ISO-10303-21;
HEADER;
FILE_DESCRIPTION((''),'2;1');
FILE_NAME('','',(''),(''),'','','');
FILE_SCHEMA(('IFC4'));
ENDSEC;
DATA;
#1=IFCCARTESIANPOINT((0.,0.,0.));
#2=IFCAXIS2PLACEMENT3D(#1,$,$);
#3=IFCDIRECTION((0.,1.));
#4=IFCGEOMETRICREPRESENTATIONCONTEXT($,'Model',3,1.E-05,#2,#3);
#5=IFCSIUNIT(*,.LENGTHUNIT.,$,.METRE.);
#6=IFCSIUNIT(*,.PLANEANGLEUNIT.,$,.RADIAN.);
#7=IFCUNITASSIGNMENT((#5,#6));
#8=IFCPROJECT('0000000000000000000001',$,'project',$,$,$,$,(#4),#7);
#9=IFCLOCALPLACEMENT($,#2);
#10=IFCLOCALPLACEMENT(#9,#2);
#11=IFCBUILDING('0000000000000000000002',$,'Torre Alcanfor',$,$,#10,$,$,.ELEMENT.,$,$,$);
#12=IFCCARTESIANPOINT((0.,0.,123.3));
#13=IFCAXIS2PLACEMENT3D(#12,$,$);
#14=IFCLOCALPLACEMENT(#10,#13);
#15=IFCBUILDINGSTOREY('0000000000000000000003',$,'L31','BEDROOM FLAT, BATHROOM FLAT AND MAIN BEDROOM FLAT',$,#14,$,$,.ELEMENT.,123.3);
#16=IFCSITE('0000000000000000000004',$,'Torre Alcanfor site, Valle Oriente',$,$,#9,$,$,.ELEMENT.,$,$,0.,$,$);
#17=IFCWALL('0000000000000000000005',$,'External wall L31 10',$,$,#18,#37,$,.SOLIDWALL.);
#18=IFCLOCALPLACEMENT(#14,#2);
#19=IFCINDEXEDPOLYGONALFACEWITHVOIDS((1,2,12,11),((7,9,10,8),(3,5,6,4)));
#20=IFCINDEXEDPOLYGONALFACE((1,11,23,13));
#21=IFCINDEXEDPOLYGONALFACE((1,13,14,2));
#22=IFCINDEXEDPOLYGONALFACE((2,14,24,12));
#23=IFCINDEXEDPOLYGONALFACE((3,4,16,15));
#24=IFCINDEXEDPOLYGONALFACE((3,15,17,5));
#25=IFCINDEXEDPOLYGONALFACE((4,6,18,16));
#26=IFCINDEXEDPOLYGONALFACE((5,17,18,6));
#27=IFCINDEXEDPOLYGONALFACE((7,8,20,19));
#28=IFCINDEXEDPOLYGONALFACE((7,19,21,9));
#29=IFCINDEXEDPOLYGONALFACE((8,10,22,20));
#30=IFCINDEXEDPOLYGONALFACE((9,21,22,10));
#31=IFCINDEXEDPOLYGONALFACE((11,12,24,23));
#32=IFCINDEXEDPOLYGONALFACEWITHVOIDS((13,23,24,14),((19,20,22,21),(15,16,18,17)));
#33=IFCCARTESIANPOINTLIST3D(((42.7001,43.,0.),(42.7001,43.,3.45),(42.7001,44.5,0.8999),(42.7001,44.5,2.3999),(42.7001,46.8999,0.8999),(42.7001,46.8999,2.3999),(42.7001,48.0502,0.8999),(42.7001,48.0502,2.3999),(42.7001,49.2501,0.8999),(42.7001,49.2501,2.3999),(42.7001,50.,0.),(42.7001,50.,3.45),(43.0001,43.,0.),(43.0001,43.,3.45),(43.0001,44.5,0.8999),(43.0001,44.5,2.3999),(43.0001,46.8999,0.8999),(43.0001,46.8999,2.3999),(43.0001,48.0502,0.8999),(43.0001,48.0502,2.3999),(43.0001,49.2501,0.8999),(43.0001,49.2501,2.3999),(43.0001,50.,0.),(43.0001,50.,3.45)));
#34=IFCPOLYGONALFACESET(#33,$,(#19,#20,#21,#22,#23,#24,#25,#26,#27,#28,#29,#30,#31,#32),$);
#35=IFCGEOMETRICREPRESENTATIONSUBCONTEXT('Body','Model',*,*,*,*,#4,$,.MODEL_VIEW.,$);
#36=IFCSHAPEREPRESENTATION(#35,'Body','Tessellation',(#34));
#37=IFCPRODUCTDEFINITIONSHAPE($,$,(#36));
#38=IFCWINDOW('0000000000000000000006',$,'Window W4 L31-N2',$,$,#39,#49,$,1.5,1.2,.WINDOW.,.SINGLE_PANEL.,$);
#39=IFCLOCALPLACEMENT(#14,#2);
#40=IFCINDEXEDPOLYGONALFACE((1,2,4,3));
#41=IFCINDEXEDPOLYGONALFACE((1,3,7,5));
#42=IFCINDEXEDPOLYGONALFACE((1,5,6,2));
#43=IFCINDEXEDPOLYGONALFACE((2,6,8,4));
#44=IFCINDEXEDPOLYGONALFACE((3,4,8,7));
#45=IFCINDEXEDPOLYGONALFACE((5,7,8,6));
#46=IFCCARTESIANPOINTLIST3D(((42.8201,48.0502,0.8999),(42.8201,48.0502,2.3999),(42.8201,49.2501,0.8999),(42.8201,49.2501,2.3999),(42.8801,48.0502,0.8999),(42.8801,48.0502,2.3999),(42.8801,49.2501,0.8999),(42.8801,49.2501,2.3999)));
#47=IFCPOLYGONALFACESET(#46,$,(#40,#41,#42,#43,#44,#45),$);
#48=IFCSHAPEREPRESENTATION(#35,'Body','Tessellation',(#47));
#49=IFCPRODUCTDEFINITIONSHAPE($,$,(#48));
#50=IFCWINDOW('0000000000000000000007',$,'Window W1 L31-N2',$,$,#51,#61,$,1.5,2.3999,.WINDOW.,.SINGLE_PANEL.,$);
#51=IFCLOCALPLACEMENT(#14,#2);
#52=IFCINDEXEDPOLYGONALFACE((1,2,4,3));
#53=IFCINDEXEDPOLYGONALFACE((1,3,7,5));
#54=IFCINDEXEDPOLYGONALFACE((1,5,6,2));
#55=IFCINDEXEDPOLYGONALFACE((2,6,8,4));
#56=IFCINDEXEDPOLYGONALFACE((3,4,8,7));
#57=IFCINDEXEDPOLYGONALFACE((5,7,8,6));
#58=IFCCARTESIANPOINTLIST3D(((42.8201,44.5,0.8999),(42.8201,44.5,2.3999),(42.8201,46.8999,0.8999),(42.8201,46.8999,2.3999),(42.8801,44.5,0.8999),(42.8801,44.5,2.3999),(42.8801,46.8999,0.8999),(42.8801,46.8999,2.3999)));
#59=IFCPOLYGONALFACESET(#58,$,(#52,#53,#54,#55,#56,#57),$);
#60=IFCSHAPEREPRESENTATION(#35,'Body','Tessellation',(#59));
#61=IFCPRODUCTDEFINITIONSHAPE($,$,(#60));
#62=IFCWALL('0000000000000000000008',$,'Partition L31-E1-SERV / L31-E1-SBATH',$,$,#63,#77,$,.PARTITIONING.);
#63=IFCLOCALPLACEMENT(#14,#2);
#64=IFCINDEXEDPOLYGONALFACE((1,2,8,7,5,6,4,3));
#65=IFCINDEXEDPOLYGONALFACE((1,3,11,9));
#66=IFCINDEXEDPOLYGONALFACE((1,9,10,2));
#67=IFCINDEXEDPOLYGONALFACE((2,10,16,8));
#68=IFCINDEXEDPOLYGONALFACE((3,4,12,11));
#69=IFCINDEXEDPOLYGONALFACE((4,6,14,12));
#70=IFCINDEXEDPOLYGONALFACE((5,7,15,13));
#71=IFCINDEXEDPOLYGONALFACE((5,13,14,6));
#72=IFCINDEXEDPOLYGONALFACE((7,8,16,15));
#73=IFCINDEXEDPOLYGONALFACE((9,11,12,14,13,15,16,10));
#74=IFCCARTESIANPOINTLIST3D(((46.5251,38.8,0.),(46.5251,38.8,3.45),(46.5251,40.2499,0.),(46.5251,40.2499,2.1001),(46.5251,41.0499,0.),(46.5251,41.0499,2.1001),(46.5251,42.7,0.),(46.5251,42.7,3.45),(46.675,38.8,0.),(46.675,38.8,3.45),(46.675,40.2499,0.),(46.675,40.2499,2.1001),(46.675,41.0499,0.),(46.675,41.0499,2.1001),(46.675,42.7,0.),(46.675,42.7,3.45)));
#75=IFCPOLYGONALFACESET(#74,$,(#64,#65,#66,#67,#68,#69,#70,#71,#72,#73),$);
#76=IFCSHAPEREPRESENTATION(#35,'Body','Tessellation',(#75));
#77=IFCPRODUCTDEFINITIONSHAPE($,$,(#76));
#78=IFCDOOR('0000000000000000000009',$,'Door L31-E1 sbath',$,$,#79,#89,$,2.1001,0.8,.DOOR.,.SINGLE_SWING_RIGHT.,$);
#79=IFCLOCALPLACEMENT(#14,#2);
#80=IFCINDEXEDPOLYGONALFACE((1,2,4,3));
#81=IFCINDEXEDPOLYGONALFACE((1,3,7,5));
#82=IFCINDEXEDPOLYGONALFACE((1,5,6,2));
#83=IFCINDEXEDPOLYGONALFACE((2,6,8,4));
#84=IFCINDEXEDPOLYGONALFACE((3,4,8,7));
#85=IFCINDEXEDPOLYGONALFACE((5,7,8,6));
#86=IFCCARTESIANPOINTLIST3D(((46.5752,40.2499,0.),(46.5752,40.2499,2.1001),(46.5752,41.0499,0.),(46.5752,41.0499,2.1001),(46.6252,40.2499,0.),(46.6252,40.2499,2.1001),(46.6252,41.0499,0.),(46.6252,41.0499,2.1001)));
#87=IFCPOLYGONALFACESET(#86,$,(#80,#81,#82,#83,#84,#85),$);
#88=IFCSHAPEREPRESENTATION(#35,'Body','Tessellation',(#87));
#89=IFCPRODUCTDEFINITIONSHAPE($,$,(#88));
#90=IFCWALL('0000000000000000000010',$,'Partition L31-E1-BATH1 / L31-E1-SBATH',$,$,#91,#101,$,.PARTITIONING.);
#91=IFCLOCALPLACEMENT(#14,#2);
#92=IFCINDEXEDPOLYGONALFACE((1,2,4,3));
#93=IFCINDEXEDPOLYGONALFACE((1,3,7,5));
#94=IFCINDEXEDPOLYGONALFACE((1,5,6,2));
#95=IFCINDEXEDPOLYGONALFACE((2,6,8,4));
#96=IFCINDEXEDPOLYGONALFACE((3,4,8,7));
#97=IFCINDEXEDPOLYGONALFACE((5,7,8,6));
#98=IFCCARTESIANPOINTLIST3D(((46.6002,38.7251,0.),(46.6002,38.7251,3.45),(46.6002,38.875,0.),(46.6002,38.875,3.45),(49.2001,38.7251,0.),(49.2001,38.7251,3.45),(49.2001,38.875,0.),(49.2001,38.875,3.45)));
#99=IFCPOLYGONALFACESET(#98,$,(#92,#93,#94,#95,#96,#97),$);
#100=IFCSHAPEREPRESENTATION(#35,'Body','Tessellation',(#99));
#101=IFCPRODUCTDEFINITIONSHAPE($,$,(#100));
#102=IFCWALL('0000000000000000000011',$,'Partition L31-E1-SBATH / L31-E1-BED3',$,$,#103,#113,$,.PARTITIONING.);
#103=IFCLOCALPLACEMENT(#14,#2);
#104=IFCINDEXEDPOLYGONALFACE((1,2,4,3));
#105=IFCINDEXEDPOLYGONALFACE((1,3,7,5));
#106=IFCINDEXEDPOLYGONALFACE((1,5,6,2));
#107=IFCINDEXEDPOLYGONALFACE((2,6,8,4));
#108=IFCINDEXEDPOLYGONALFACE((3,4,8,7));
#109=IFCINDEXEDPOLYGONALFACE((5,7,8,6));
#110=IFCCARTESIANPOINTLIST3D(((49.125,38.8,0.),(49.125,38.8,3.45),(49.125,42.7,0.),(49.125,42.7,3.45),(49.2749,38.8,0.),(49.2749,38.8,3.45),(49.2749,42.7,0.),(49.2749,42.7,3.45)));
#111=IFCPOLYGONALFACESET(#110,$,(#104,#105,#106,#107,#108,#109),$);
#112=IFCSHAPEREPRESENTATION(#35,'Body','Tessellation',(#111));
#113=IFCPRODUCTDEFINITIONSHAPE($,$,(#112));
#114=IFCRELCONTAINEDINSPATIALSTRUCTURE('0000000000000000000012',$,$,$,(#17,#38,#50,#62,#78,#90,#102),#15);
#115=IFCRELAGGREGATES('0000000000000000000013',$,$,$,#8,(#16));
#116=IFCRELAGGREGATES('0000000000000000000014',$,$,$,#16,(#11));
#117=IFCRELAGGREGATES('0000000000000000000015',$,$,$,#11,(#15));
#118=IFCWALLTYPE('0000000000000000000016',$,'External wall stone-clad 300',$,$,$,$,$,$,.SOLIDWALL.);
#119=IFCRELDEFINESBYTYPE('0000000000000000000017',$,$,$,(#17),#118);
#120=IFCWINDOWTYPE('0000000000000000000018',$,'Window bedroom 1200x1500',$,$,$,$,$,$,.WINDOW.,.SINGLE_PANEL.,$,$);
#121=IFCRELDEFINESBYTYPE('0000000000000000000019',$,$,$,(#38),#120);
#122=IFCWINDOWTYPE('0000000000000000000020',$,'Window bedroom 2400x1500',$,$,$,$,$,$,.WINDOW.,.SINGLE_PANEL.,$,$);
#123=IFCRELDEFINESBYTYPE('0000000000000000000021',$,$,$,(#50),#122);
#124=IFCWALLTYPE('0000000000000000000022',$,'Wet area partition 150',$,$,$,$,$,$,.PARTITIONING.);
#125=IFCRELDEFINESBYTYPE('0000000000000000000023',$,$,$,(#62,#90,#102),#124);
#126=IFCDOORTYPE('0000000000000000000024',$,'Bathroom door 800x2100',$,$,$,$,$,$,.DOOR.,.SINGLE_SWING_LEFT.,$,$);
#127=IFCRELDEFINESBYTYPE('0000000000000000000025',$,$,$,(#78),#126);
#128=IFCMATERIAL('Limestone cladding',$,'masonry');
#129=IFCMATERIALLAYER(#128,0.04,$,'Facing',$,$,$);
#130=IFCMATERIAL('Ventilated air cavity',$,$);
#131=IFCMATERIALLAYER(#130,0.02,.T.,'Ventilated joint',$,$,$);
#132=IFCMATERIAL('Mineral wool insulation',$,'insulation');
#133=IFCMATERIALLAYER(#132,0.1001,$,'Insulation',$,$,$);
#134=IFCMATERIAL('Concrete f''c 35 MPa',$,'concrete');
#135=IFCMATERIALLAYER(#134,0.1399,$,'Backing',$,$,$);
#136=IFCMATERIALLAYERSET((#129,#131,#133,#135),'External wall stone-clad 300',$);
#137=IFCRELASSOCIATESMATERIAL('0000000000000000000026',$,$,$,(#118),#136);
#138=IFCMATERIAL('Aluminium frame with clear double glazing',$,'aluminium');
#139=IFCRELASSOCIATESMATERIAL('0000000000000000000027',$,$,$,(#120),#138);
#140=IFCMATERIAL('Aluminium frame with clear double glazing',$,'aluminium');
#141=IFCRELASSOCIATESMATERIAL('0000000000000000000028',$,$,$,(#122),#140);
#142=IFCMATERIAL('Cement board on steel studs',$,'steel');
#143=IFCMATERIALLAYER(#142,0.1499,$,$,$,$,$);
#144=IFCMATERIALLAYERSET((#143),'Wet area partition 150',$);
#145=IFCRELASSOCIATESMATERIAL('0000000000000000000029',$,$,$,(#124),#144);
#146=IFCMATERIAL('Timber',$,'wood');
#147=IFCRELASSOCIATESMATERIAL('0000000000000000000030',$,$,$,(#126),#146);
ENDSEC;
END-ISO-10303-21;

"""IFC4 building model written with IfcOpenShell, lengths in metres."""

from ifc_helpers import new_model, si_unit, direction, frame, frame_2d, origin, place, context, subcontext, project, spatial, rectangle, extrude, material, layer, layer_set, type_object, element, fill, save


model = new_model("IFC4")

# Units and contexts
model_context = context("Model", 3, precision=1e-05, world=origin(), true_north=direction((0.0, 1.0)))
body_context = subcontext(model_context, "Body", "Model", "MODEL_VIEW")
ifc_project = project(units=[si_unit("LENGTHUNIT", "METRE"), si_unit("PLANEANGLEUNIT", "RADIAN")], contexts=[model_context])

# Site, building, storey
site_placement = place(None, origin())
site = spatial("IfcSite", under=ifc_project, at=site_placement, Name="Torre Alcanfor site, Valle Oriente", CompositionType="ELEMENT", RefElevation=0.0)
building_placement = place(site_placement, origin())
building = spatial("IfcBuilding", under=site, at=building_placement, Name="Torre Alcanfor", CompositionType="ELEMENT")
storey_placement = place(building_placement, frame((0.0, 0.0, 123.3)))
storey = spatial("IfcBuildingStorey", under=building, at=storey_placement, Name="L31", Description="BEDROOM FLAT, BATHROOM FLAT AND MAIN BEDROOM FLAT", CompositionType="ELEMENT", Elevation=123.3)

# Wall, openings, windows
ifc_material_1 = material(Name="Limestone cladding", Category="masonry")
ifc_layer_1 = layer(ifc_material_1, 0.04, Name="Facing")
ifc_material_2 = material(Name="Ventilated air cavity")
ifc_layer_2 = layer(ifc_material_2, 0.02, ventilated=True, Name="Ventilated joint")
ifc_material_3 = material(Name="Mineral wool insulation", Category="insulation")
ifc_layer_3 = layer(ifc_material_3, 0.1001, Name="Insulation")
ifc_material_4 = material(Name="Concrete f'c 35 MPa", Category="concrete")
ifc_layer_4 = layer(ifc_material_4, 0.1399, Name="Backing")
ifc_layer_set_1 = layer_set([ifc_layer_1, ifc_layer_2, ifc_layer_3, ifc_layer_4], Name="External wall stone-clad 300")
wall_type_1 = type_object("IfcWallType", Name="External wall stone-clad 300", PredefinedType="SOLIDWALL", material=ifc_layer_set_1)
wall_1_placement = place(storey_placement, frame((42.8501, 43.0, 0.0), z_axis=(0.0, 0.0, 1.0), x_axis=(0.0, 1.0, 0.0)))
wall_1 = element("IfcWall", 1, at=wall_1_placement, inside=storey, type_object=wall_type_1, Name="External wall L31 10", PredefinedType="SOLIDWALL", context=body_context, shape_type="SweptSolid", body=[
    extrude(rectangle(XDim=7.0, YDim=0.3, at=frame_2d((3.5, 0.0))), origin(), (0.0, 0.0, 1.0), 3.45),
])
opening_1_placement = place(wall_1_placement, frame((1.5, 0.0, 0.8999)))
opening_1 = element("IfcOpeningElement", 2, at=opening_1_placement, cuts=wall_1, PredefinedType="OPENING", context=body_context, shape_type="SweptSolid", body=[
    extrude(rectangle(XDim=2.3999, YDim=1.5, at=frame_2d((1.2, 0.75))), frame((0.0, 0.1599, 0.0), z_axis=(0.0, -1.0, 0.0), x_axis=(1.0, 0.0, 0.0)), (0.0, 0.0, 1.0), 0.3201),
])
opening_2_placement = place(wall_1_placement, frame((5.05, 0.0, 0.8999)))
opening_2 = element("IfcOpeningElement", 3, at=opening_2_placement, cuts=wall_1, PredefinedType="OPENING", context=body_context, shape_type="SweptSolid", body=[
    extrude(rectangle(XDim=1.2, YDim=1.5, at=frame_2d((0.6001, 0.75))), frame((0.0, 0.1599, 0.0), z_axis=(0.0, -1.0, 0.0), x_axis=(1.0, 0.0, 0.0)), (0.0, 0.0, 1.0), 0.3201),
])
ifc_material_5 = material(Name="Aluminium frame with clear double glazing", Category="aluminium")
window_type_1 = type_object("IfcWindowType", Name="Window bedroom 1200x1500", PartitioningType="SINGLE_PANEL", PredefinedType="WINDOW", material=ifc_material_5)
window_1_placement = place(opening_2_placement, origin())
window_1 = element("IfcWindow", 4, at=window_1_placement, inside=storey, type_object=window_type_1, Name="Window W4 L31-N2", OverallHeight=1.5, OverallWidth=1.2, PartitioningType="SINGLE_PANEL", PredefinedType="WINDOW", context=body_context, shape_type="SweptSolid", body=[
    extrude(rectangle(XDim=1.2, YDim=1.5, at=frame_2d((0.6001, 0.75))), frame((0.0, 0.03, 0.0), z_axis=(0.0, -1.0, 0.0), x_axis=(1.0, 0.0, 0.0)), (0.0, 0.0, 1.0), 0.0601),
])
fill(opening_2, window_1)
ifc_material_6 = material(Name="Aluminium frame with clear double glazing", Category="aluminium")
window_type_2 = type_object("IfcWindowType", Name="Window bedroom 2400x1500", PartitioningType="SINGLE_PANEL", PredefinedType="WINDOW", material=ifc_material_6)
window_2_placement = place(opening_1_placement, origin())
window_2 = element("IfcWindow", 5, at=window_2_placement, inside=storey, type_object=window_type_2, Name="Window W1 L31-N2", OverallHeight=1.5, OverallWidth=2.3999, PartitioningType="SINGLE_PANEL", PredefinedType="WINDOW", context=body_context, shape_type="SweptSolid", body=[
    extrude(rectangle(XDim=2.3999, YDim=1.5, at=frame_2d((1.2, 0.75))), frame((0.0, 0.03, 0.0), z_axis=(0.0, -1.0, 0.0), x_axis=(1.0, 0.0, 0.0)), (0.0, 0.0, 1.0), 0.0601),
])
fill(opening_1, window_2)

# Wall, opening, door
ifc_material_7 = material(Name="Cement board on steel studs", Category="steel")
ifc_layer_5 = layer(ifc_material_7, 0.1499)
ifc_layer_set_2 = layer_set([ifc_layer_5], Name="Wet area partition 150")
wall_type_2 = type_object("IfcWallType", Name="Wet area partition 150", PredefinedType="PARTITIONING", material=ifc_layer_set_2)
wall_2_placement = place(storey_placement, frame((46.6001, 38.8, 0.0), z_axis=(0.0, 0.0, 1.0), x_axis=(0.0, 1.0, 0.0)))
wall_2 = element("IfcWall", 6, at=wall_2_placement, inside=storey, type_object=wall_type_2, Name="Partition L31-E1-SERV / L31-E1-SBATH", PredefinedType="PARTITIONING", context=body_context, shape_type="SweptSolid", body=[
    extrude(rectangle(XDim=3.8999, YDim=0.1499, at=frame_2d((1.95, 0.0))), origin(), (0.0, 0.0, 1.0), 3.45),
])
opening_3_placement = place(wall_2_placement, frame((1.45, 0.0, 0.0)))
opening_3 = element("IfcOpeningElement", 7, at=opening_3_placement, cuts=wall_2, PredefinedType="OPENING", context=body_context, shape_type="SweptSolid", body=[
    extrude(rectangle(XDim=0.8, YDim=2.1001, at=frame_2d((0.3999, 1.05))), frame((0.0, 0.085, 0.0), z_axis=(0.0, -1.0, 0.0), x_axis=(1.0, 0.0, 0.0)), (0.0, 0.0, 1.0), 0.1699),
])
ifc_material_8 = material(Name="Timber", Category="wood")
door_type = type_object("IfcDoorType", Name="Bathroom door 800x2100", OperationType="SINGLE_SWING_LEFT", PredefinedType="DOOR", material=ifc_material_8)
door_placement = place(opening_3_placement, frame((0.8, 0.0, 0.0), z_axis=(0.0, 0.0, 1.0), x_axis=(-1.0, 0.0, 0.0)))
door = element("IfcDoor", 8, at=door_placement, inside=storey, type_object=door_type, Name="Door L31-E1 sbath", OperationType="SINGLE_SWING_RIGHT", OverallHeight=2.1001, OverallWidth=0.8, PredefinedType="DOOR", context=body_context, shape_type="SweptSolid", body=[
    extrude(rectangle(XDim=0.8, YDim=2.1001, at=frame_2d((0.4001, 1.05))), frame((0.0, 0.0251, 0.0), z_axis=(0.0, -1.0, 0.0), x_axis=(1.0, 0.0, 0.0)), (0.0, 0.0, 1.0), 0.05),
])
fill(opening_3, door)

# Walls
wall_3_placement = place(storey_placement, frame((49.2, 38.8, 0.0), z_axis=(0.0, 0.0, 1.0), x_axis=(-1.0, 0.0, 0.0)))
element("IfcWall", 9, at=wall_3_placement, inside=storey, type_object=wall_type_2, Name="Partition L31-E1-BATH1 / L31-E1-SBATH", PredefinedType="PARTITIONING", context=body_context, shape_type="SweptSolid", body=[
    extrude(rectangle(XDim=2.5999, YDim=0.1499, at=frame_2d((1.2998, 0.0))), origin(), (0.0, 0.0, 1.0), 3.45),
])
wall_4_placement = place(storey_placement, frame((49.2, 38.8, 0.0), z_axis=(0.0, 0.0, 1.0), x_axis=(0.0, 1.0, 0.0)))
element("IfcWall", 10, at=wall_4_placement, inside=storey, type_object=wall_type_2, Name="Partition L31-E1-SBATH / L31-E1-BED3", PredefinedType="PARTITIONING", context=body_context, shape_type="SweptSolid", body=[
    extrude(rectangle(XDim=3.8999, YDim=0.1499, at=frame_2d((1.95, 0.0))), origin(), (0.0, 0.0, 1.0), 3.45),
])

save(model, "model.ifc")
